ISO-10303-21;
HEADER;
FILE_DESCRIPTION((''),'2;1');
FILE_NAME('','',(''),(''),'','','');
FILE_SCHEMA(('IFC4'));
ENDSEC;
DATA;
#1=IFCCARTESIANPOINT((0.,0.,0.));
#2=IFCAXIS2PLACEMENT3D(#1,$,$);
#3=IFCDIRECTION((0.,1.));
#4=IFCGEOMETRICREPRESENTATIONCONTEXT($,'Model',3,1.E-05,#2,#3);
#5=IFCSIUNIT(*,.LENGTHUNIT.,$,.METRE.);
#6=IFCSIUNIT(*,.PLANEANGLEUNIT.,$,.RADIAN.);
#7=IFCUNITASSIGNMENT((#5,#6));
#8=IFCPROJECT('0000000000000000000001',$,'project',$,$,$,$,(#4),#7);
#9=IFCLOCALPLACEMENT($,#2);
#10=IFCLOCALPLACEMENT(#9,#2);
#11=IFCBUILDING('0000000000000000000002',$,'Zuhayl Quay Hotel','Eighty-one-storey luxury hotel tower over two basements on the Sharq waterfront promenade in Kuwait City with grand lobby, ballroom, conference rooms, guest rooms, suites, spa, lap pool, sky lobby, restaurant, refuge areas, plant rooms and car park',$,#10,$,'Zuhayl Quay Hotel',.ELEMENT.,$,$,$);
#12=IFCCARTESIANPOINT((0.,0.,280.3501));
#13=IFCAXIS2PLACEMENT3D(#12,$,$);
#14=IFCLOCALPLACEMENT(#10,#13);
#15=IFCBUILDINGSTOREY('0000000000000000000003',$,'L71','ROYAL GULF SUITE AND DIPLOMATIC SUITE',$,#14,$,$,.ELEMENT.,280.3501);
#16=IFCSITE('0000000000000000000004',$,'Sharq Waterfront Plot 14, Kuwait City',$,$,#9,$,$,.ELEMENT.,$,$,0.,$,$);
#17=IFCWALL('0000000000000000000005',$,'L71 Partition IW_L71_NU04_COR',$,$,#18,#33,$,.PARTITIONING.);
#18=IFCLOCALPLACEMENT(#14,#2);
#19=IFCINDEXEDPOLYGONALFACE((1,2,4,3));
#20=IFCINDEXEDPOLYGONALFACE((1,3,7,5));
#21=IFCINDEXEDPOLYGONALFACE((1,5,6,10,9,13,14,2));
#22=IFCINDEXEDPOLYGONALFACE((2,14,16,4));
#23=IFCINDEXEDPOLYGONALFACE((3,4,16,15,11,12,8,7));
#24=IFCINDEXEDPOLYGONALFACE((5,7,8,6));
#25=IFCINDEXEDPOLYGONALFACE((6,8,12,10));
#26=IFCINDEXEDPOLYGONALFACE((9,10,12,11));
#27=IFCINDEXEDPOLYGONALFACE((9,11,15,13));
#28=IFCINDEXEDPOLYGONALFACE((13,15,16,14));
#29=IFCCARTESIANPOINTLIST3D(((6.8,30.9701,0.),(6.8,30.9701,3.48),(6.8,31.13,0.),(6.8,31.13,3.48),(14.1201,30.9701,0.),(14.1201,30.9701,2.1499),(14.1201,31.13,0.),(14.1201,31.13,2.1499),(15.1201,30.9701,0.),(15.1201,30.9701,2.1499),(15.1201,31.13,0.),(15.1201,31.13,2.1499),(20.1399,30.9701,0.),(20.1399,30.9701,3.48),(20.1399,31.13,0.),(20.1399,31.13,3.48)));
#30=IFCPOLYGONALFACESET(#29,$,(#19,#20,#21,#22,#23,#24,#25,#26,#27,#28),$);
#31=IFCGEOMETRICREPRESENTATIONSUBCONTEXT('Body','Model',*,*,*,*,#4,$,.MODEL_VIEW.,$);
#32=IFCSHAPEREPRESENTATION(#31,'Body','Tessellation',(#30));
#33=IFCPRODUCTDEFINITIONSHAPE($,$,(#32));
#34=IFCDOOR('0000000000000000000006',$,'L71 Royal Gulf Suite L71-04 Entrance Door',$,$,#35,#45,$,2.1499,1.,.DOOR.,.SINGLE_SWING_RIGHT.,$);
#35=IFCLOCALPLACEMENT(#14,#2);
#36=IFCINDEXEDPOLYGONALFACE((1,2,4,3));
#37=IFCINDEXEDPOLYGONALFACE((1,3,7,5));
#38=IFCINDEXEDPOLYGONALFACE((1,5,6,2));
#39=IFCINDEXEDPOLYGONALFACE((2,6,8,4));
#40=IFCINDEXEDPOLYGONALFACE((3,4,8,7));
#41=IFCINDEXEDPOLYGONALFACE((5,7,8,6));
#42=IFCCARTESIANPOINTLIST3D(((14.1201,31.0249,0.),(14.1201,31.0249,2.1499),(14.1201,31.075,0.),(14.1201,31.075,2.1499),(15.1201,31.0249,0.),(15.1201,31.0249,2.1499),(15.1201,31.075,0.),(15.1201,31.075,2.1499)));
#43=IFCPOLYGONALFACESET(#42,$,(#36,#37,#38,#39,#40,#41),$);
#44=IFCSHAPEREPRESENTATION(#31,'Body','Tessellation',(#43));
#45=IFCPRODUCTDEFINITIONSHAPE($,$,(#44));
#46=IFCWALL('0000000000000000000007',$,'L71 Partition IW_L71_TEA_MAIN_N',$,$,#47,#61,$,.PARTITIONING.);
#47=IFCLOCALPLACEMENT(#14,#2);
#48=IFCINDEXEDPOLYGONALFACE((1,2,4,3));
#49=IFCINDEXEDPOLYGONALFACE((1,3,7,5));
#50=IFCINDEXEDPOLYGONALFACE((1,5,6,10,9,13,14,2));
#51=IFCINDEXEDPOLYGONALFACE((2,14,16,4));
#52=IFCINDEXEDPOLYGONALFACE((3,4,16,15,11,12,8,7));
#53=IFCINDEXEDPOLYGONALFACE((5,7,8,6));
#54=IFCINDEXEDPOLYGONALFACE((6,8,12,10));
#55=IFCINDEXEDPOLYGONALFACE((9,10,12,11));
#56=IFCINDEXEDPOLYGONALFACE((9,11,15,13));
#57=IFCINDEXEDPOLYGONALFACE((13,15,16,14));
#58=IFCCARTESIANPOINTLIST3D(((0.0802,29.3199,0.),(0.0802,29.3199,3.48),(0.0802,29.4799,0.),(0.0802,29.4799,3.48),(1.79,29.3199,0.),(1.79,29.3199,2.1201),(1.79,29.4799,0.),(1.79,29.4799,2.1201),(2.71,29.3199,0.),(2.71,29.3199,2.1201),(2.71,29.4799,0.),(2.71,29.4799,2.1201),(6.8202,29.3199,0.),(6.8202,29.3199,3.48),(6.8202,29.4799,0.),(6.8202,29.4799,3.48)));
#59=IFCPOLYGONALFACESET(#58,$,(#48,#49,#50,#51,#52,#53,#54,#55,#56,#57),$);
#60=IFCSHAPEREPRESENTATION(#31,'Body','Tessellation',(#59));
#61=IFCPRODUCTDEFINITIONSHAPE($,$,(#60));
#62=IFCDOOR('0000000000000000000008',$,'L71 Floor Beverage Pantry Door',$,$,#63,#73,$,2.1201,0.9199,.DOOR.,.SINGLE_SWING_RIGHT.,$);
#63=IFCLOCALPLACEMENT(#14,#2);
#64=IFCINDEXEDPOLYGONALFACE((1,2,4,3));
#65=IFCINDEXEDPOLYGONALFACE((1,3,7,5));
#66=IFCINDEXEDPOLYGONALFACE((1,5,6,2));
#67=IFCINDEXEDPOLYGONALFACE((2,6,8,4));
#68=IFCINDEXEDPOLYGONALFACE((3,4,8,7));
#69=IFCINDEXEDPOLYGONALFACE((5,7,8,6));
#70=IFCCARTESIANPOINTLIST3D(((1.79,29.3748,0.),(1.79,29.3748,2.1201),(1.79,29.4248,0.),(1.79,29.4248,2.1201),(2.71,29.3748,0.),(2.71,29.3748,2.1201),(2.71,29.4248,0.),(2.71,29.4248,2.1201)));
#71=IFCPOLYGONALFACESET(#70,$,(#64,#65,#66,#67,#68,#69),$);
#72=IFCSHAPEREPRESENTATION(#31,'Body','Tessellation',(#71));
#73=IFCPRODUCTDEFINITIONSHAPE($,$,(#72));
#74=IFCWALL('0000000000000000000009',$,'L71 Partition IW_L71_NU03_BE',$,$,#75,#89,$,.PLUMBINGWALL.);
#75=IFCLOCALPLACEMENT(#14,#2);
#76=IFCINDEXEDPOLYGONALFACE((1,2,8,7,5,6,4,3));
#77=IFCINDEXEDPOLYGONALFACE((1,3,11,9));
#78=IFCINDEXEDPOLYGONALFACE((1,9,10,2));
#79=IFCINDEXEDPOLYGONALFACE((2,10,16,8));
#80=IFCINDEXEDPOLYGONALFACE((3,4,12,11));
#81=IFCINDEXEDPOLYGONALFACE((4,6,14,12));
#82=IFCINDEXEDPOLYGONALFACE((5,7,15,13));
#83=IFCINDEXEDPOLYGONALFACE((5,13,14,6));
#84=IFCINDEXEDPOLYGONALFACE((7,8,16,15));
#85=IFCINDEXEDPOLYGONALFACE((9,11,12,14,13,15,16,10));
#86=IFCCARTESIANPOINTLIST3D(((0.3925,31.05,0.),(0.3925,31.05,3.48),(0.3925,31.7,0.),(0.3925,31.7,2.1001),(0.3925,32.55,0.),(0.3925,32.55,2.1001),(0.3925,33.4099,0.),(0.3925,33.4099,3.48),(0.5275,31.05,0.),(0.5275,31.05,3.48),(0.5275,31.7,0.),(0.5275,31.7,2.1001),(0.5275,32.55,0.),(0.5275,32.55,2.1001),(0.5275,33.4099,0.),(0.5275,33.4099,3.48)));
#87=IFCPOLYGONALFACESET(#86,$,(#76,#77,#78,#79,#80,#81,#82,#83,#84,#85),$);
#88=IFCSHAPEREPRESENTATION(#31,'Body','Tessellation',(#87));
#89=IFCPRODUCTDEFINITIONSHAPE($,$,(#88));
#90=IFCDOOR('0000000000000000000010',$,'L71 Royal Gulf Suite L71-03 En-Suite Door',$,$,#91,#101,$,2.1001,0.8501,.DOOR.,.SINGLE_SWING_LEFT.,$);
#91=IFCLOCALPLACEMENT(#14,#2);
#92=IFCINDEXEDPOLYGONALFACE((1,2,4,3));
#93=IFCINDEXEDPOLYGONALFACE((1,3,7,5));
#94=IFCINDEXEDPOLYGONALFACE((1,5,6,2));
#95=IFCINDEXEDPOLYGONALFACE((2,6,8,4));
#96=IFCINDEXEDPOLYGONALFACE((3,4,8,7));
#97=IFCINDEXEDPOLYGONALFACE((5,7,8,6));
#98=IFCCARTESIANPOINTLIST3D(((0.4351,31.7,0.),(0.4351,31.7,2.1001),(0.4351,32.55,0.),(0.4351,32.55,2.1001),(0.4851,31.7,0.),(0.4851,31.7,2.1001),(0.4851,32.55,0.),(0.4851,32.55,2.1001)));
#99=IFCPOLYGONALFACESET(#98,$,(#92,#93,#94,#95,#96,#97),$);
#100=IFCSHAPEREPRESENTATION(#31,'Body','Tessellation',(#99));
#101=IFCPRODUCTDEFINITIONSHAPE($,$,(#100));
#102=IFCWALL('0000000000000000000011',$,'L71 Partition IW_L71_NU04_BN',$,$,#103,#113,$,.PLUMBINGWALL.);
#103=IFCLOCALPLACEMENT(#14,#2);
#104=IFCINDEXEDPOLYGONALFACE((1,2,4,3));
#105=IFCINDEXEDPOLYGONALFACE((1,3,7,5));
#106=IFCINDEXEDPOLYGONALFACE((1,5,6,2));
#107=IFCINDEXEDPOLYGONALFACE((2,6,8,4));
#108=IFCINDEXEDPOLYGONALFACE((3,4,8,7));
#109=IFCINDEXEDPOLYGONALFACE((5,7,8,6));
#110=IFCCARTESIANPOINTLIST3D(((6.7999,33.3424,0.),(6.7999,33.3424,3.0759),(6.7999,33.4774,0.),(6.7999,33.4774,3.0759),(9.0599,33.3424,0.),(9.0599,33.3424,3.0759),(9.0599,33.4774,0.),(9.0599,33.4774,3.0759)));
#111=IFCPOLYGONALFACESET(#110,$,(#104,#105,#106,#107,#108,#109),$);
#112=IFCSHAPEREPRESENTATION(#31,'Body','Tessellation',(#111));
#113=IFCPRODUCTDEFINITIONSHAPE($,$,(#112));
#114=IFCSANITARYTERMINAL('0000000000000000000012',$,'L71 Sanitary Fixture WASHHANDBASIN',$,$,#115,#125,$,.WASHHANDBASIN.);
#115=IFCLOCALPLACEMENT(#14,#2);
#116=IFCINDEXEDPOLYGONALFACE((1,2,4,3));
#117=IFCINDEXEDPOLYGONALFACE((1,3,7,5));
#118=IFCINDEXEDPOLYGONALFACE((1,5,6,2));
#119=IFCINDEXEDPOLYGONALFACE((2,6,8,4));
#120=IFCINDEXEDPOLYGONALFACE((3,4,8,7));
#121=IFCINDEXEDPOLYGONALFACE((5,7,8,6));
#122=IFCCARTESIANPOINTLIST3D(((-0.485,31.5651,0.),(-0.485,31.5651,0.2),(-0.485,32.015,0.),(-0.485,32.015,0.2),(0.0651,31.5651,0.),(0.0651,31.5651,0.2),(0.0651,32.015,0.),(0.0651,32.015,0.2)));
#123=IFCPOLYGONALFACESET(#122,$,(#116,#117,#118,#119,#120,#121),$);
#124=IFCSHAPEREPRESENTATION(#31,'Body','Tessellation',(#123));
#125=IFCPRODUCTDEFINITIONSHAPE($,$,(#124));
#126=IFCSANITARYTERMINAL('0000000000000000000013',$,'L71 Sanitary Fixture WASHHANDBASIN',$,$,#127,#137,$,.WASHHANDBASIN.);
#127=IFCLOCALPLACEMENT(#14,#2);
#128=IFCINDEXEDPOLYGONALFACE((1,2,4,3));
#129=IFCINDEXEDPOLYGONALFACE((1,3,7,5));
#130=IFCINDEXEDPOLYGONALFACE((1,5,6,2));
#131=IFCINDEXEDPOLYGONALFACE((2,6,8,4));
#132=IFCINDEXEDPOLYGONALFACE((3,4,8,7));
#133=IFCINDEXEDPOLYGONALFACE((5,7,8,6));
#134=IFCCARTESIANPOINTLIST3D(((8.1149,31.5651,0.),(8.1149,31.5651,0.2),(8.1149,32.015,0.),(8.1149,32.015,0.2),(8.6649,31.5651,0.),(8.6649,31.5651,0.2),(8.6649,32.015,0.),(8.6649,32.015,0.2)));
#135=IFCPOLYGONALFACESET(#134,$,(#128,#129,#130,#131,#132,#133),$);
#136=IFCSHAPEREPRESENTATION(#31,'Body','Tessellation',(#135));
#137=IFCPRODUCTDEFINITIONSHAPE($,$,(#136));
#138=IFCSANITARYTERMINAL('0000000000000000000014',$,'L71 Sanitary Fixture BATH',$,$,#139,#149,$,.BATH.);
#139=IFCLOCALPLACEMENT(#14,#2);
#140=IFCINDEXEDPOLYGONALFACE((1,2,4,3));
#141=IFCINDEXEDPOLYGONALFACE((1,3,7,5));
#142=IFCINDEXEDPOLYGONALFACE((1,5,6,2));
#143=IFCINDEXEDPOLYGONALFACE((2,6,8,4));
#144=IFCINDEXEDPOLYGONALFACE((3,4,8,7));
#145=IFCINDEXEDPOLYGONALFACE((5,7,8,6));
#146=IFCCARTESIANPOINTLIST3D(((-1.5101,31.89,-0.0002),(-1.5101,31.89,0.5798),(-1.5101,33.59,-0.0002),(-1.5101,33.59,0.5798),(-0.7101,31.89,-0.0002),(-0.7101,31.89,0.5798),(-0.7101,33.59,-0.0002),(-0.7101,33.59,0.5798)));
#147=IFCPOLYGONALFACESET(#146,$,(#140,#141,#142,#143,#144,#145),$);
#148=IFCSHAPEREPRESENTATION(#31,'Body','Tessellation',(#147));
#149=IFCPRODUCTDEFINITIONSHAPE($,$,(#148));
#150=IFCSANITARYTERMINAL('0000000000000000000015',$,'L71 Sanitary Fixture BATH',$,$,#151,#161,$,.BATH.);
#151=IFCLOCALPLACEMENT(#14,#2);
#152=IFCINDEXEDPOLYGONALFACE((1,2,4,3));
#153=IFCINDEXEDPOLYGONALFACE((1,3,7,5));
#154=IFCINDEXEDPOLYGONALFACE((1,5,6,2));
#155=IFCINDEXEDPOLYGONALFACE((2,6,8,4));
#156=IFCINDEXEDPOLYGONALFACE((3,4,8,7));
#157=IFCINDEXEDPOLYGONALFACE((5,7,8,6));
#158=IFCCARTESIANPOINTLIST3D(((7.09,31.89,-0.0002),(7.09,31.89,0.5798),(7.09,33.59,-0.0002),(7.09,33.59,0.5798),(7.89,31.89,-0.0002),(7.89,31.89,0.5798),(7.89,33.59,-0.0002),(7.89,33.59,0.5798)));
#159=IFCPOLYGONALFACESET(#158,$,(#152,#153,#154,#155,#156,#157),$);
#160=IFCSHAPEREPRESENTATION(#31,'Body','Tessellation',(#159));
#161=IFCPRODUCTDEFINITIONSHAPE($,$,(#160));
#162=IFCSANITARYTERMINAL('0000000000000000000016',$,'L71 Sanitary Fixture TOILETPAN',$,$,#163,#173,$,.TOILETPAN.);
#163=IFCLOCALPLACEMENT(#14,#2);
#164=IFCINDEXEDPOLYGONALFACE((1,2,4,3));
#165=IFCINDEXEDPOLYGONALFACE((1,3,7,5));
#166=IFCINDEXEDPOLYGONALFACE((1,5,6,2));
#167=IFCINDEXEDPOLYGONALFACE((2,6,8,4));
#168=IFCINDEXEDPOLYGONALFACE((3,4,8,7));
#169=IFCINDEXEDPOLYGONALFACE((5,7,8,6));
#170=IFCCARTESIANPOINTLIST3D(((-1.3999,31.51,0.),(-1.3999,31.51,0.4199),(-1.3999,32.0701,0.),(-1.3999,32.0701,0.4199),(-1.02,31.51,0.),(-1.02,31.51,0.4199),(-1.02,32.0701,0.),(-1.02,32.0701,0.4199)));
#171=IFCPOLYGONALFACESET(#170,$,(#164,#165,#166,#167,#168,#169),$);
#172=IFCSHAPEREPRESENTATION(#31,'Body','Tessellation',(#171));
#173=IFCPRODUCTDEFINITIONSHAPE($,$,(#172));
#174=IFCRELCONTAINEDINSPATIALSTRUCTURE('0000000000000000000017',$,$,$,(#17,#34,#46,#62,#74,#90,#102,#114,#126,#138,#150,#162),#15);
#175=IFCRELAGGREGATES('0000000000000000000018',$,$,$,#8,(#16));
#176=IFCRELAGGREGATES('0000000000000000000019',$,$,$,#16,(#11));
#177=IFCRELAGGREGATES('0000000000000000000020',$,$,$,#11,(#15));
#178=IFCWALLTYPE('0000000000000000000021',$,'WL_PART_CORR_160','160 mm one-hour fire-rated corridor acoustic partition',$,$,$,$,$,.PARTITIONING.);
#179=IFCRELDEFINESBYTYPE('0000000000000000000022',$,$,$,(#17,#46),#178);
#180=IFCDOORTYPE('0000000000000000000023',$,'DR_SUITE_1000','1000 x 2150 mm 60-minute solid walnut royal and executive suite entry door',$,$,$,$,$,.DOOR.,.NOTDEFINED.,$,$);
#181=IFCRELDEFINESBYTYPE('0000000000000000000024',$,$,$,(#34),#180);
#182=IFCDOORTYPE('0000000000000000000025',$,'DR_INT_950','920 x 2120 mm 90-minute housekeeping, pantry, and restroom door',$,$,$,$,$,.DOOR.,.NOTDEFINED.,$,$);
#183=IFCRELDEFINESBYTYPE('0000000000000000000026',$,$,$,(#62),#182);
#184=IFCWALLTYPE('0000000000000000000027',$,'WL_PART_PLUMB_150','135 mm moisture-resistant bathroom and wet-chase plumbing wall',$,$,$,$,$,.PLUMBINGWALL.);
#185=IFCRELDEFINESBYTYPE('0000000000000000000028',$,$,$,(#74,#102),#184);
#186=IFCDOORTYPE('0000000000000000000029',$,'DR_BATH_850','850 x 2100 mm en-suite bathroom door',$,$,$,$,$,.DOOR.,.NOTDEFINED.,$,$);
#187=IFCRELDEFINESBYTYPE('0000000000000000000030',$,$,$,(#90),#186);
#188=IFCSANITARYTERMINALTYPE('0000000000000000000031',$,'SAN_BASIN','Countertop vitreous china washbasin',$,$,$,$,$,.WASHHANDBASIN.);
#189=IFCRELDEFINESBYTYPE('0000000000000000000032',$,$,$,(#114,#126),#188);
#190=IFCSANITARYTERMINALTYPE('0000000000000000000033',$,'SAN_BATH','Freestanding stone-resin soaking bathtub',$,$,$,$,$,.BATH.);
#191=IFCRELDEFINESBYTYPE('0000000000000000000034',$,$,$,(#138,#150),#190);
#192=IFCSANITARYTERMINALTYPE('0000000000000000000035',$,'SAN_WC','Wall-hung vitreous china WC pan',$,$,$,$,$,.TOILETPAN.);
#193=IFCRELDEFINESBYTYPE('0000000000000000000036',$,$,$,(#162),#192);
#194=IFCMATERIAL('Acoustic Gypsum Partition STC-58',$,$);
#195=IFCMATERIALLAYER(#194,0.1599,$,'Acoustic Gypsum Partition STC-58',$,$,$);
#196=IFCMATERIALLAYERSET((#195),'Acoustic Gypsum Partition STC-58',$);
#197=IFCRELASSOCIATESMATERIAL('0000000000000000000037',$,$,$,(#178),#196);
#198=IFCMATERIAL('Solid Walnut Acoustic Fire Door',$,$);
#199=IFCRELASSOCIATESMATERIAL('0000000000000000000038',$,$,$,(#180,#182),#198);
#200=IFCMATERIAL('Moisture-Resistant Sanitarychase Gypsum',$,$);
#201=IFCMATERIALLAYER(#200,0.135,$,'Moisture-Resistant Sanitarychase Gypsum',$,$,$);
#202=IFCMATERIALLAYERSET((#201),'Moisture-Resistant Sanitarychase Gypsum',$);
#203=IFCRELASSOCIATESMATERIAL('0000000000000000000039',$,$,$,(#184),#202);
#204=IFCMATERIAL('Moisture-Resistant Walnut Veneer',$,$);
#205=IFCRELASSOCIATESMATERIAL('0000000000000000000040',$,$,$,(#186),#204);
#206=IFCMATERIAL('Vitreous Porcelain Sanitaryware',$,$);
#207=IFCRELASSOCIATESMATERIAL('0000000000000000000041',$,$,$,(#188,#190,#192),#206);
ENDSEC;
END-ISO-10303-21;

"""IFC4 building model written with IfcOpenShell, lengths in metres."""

from ifc_helpers import new_model, si_unit, direction, frame, frame_2d, origin, origin_2d, place, context, subcontext, project, spatial, rectangle, extrude, material, layer, layer_set, type_object, element, fill, save


model = new_model("IFC4")

# Units and contexts
model_context = context("Model", 3, precision=1e-05, world=origin(), true_north=direction((0.0, 1.0)))
body_context = subcontext(model_context, "Body", "Model", "MODEL_VIEW")
ifc_project = project(units=[si_unit("LENGTHUNIT", "METRE"), si_unit("PLANEANGLEUNIT", "RADIAN")], contexts=[model_context])

# Site, building, storey
site_placement = place(None, origin())
site = spatial("IfcSite", under=ifc_project, at=site_placement, Name="Sharq Waterfront Plot 14, Kuwait City", CompositionType="ELEMENT", RefElevation=0.0)
building_placement = place(site_placement, origin())
building = spatial("IfcBuilding", under=site, at=building_placement, Name="Zuhayl Quay Hotel", Description="Eighty-one-storey luxury hotel tower over two basements on the Sharq waterfront promenade in Kuwait City with grand lobby, ballroom, conference rooms, guest rooms, suites, spa, lap pool, sky lobby, restaurant, refuge areas, plant rooms and car park", LongName="Zuhayl Quay Hotel", CompositionType="ELEMENT")
storey_placement = place(building_placement, frame((0.0, 0.0, 280.3501)))
storey = spatial("IfcBuildingStorey", under=building, at=storey_placement, Name="L71", Description="ROYAL GULF SUITE AND DIPLOMATIC SUITE", CompositionType="ELEMENT", Elevation=280.3501)

# Shared definitions
ifc_material_1 = material(Name="Acoustic Gypsum Partition STC-58")

# Walls, openings, doors
ifc_layer_1 = layer(ifc_material_1, 0.1599, Name="Acoustic Gypsum Partition STC-58")
ifc_layer_set_1 = layer_set([ifc_layer_1], Name="Acoustic Gypsum Partition STC-58")
wall_type_1 = type_object("IfcWallType", Name="WL_PART_CORR_160", Description="160 mm one-hour fire-rated corridor acoustic partition", PredefinedType="PARTITIONING", material=ifc_layer_set_1)
wall_1_placement = place(storey_placement, frame((6.8, 31.05, 0.0), z_axis=(0.0, 0.0, 1.0), x_axis=(1.0, 0.0, 0.0)))
wall_1 = element("IfcWall", 1, at=wall_1_placement, inside=storey, type_object=wall_type_1, Name="L71 Partition IW_L71_NU04_COR", PredefinedType="PARTITIONING", context=body_context, shape_type="SweptSolid", body=[
    extrude(rectangle(XDim=13.3398, YDim=0.1599, at=frame_2d((6.6699, 0.0))), origin(), (0.0, 0.0, 1.0), 3.48),
])
opening_1_placement = place(wall_1_placement, frame((7.3201, 0.0, 0.0)))
opening_1 = element("IfcOpeningElement", 2, at=opening_1_placement, cuts=wall_1, PredefinedType="OPENING", context=body_context, shape_type="SweptSolid", body=[
    extrude(rectangle(XDim=1.0, YDim=2.1499, at=frame_2d((0.5, 1.075))), frame((0.0, 0.0898, 0.0), z_axis=(0.0, -1.0, 0.0), x_axis=(1.0, 0.0, 0.0)), (0.0, 0.0, 1.0), 0.1799),
])
ifc_material_2 = material(Name="Solid Walnut Acoustic Fire Door")
door_type_1 = type_object("IfcDoorType", Name="DR_SUITE_1000", Description="1000 x 2150 mm 60-minute solid walnut royal and executive suite entry door", OperationType="NOTDEFINED", PredefinedType="DOOR", material=ifc_material_2)
door_1_placement = place(opening_1_placement, origin())
door_1 = element("IfcDoor", 3, at=door_1_placement, inside=storey, type_object=door_type_1, Name="L71 Royal Gulf Suite L71-04 Entrance Door", OperationType="SINGLE_SWING_RIGHT", OverallHeight=2.1499, OverallWidth=1.0, PredefinedType="DOOR", context=body_context, shape_type="SweptSolid", body=[
    extrude(rectangle(XDim=1.0, YDim=2.1499, at=frame_2d((0.5, 1.075))), frame((0.0, 0.0249, 0.0), z_axis=(0.0, -1.0, 0.0), x_axis=(1.0, 0.0, 0.0)), (0.0, 0.0, 1.0), 0.05),
])
fill(opening_1, door_1)
wall_2_placement = place(storey_placement, frame((0.0801, 29.3999, 0.0), z_axis=(0.0, 0.0, 1.0), x_axis=(1.0, 0.0, 0.0)))
wall_2 = element("IfcWall", 4, at=wall_2_placement, inside=storey, type_object=wall_type_1, Name="L71 Partition IW_L71_TEA_MAIN_N", PredefinedType="PARTITIONING", context=body_context, shape_type="SweptSolid", body=[
    extrude(rectangle(XDim=6.74, YDim=0.1599, at=frame_2d((3.3701, 0.0))), origin(), (0.0, 0.0, 1.0), 3.48),
])
opening_2_placement = place(wall_2_placement, frame((1.71, 0.0, 0.0)))
opening_2 = element("IfcOpeningElement", 5, at=opening_2_placement, cuts=wall_2, PredefinedType="OPENING", context=body_context, shape_type="SweptSolid", body=[
    extrude(rectangle(XDim=0.9199, YDim=2.1201, at=frame_2d((0.46, 1.0601))), frame((0.0, 0.0898, 0.0), z_axis=(0.0, -1.0, 0.0), x_axis=(1.0, 0.0, 0.0)), (0.0, 0.0, 1.0), 0.1799),
])
door_type_2 = type_object("IfcDoorType", Name="DR_INT_950", Description="920 x 2120 mm 90-minute housekeeping, pantry, and restroom door", OperationType="NOTDEFINED", PredefinedType="DOOR", material=ifc_material_2)
door_2_placement = place(opening_2_placement, origin())
door_2 = element("IfcDoor", 6, at=door_2_placement, inside=storey, type_object=door_type_2, Name="L71 Floor Beverage Pantry Door", OperationType="SINGLE_SWING_RIGHT", OverallHeight=2.1201, OverallWidth=0.9199, PredefinedType="DOOR", context=body_context, shape_type="SweptSolid", body=[
    extrude(rectangle(XDim=0.9199, YDim=2.1201, at=frame_2d((0.46, 1.0601))), frame((0.0, 0.0249, 0.0), z_axis=(0.0, -1.0, 0.0), x_axis=(1.0, 0.0, 0.0)), (0.0, 0.0, 1.0), 0.05),
])
fill(opening_2, door_2)
ifc_material_3 = material(Name="Moisture-Resistant Sanitarychase Gypsum")
ifc_layer_2 = layer(ifc_material_3, 0.135, Name="Moisture-Resistant Sanitarychase Gypsum")
ifc_layer_set_2 = layer_set([ifc_layer_2], Name="Moisture-Resistant Sanitarychase Gypsum")
wall_type_2 = type_object("IfcWallType", Name="WL_PART_PLUMB_150", Description="135 mm moisture-resistant bathroom and wet-chase plumbing wall", PredefinedType="PLUMBINGWALL", material=ifc_layer_set_2)
wall_3_placement = place(storey_placement, frame((0.46, 31.05, 0.0), z_axis=(0.0, 0.0, 1.0), x_axis=(0.0, 1.0, 0.0)))
wall_3 = element("IfcWall", 7, at=wall_3_placement, inside=storey, type_object=wall_type_2, Name="L71 Partition IW_L71_NU03_BE", PredefinedType="PLUMBINGWALL", context=body_context, shape_type="SweptSolid", body=[
    extrude(rectangle(XDim=2.3599, YDim=0.135, at=frame_2d((1.1799, 0.0))), origin(), (0.0, 0.0, 1.0), 3.48),
])
opening_3_placement = place(wall_3_placement, frame((0.6499, 0.0, 0.0)))
opening_3 = element("IfcOpeningElement", 8, at=opening_3_placement, cuts=wall_3, PredefinedType="OPENING", context=body_context, shape_type="SweptSolid", body=[
    extrude(rectangle(XDim=0.8501, YDim=2.1001, at=frame_2d((0.425, 1.05))), frame((0.0, 0.0774, 0.0), z_axis=(0.0, -1.0, 0.0), x_axis=(1.0, 0.0, 0.0)), (0.0, 0.0, 1.0), 0.155),
])
ifc_material_4 = material(Name="Moisture-Resistant Walnut Veneer")
door_type_3 = type_object("IfcDoorType", Name="DR_BATH_850", Description="850 x 2100 mm en-suite bathroom door", OperationType="NOTDEFINED", PredefinedType="DOOR", material=ifc_material_4)
door_3_placement = place(opening_3_placement, origin())
door_3 = element("IfcDoor", 9, at=door_3_placement, inside=storey, type_object=door_type_3, Name="L71 Royal Gulf Suite L71-03 En-Suite Door", OperationType="SINGLE_SWING_LEFT", OverallHeight=2.1001, OverallWidth=0.8501, PredefinedType="DOOR", context=body_context, shape_type="SweptSolid", body=[
    extrude(rectangle(XDim=0.8501, YDim=2.1001, at=frame_2d((0.425, 1.05))), frame((0.0, 0.0249, 0.0), z_axis=(0.0, -1.0, 0.0), x_axis=(1.0, 0.0, 0.0)), (0.0, 0.0, 1.0), 0.05),
])
fill(opening_3, door_3)

# Wall
wall_4_placement = place(storey_placement, frame((6.8, 33.4099, 0.0), z_axis=(0.0, 0.0, 1.0), x_axis=(1.0, 0.0, 0.0)))
element("IfcWall", 10, at=wall_4_placement, inside=storey, type_object=wall_type_2, Name="L71 Partition IW_L71_NU04_BN", PredefinedType="PLUMBINGWALL", context=body_context, shape_type="SweptSolid", body=[
    extrude(rectangle(XDim=2.26, YDim=0.135, at=frame_2d((1.1299, 0.0))), origin(), (0.0, 0.0, 1.0), 3.0759),
])

# Sanitary terminals
ifc_material_5 = material(Name="Vitreous Porcelain Sanitaryware")
sanitary_terminal_type_1 = type_object("IfcSanitaryTerminalType", Name="SAN_BASIN", Description="Countertop vitreous china washbasin", PredefinedType="WASHHANDBASIN", material=ifc_material_5)
for number, where, z_axis, x_axis, name in (
    (11, (-0.21, 31.79, 0.0), (0.0, 0.0, 1.0), (1.0, 0.0, 0.0), "L71 Sanitary Fixture WASHHANDBASIN"),
    (12, (8.3899, 31.79, 0.0), (0.0, 0.0, 1.0), (1.0, 0.0, 0.0), "L71 Sanitary Fixture WASHHANDBASIN"),
):
    element("IfcSanitaryTerminal", number, at=place(storey_placement, frame(where, z_axis=z_axis, x_axis=x_axis)), inside=storey, type_object=sanitary_terminal_type_1, Name=name, PredefinedType="WASHHANDBASIN", context=body_context, shape_type="SweptSolid", body=[
        extrude(rectangle(XDim=0.55, YDim=0.45, at=origin_2d()), origin(), (0.0, 0.0, 1.0), 0.2),
    ])
sanitary_terminal_type_2 = type_object("IfcSanitaryTerminalType", Name="SAN_BATH", Description="Freestanding stone-resin soaking bathtub", PredefinedType="BATH", material=ifc_material_5)
for number, where, z_axis, x_axis, name in (
    (13, (-1.1101, 32.74, -0.0002), (0.0, 0.0, 1.0), (1.0, 0.0, 0.0), "L71 Sanitary Fixture BATH"),
    (14, (7.49, 32.74, -0.0002), (0.0, 0.0, 1.0), (1.0, 0.0, 0.0), "L71 Sanitary Fixture BATH"),
):
    element("IfcSanitaryTerminal", number, at=place(storey_placement, frame(where, z_axis=z_axis, x_axis=x_axis)), inside=storey, type_object=sanitary_terminal_type_2, Name=name, PredefinedType="BATH", context=body_context, shape_type="SweptSolid", body=[
        extrude(rectangle(XDim=0.8, YDim=1.7, at=origin_2d()), origin(), (0.0, 0.0, 1.0), 0.5801),
    ])
sanitary_terminal_type_3 = type_object("IfcSanitaryTerminalType", Name="SAN_WC", Description="Wall-hung vitreous china WC pan", PredefinedType="TOILETPAN", material=ifc_material_5)
for number, where, z_axis, x_axis, name in (
    (15, (-1.21, 31.79, 0.0), (0.0, 0.0, 1.0), (1.0, 0.0, 0.0), "L71 Sanitary Fixture TOILETPAN"),
):
    element("IfcSanitaryTerminal", number, at=place(storey_placement, frame(where, z_axis=z_axis, x_axis=x_axis)), inside=storey, type_object=sanitary_terminal_type_3, Name=name, PredefinedType="TOILETPAN", context=body_context, shape_type="SweptSolid", body=[
        extrude(rectangle(XDim=0.3799, YDim=0.5601, at=origin_2d()), origin(), (0.0, 0.0, 1.0), 0.4199),
    ])

save(model, "model.ifc")
